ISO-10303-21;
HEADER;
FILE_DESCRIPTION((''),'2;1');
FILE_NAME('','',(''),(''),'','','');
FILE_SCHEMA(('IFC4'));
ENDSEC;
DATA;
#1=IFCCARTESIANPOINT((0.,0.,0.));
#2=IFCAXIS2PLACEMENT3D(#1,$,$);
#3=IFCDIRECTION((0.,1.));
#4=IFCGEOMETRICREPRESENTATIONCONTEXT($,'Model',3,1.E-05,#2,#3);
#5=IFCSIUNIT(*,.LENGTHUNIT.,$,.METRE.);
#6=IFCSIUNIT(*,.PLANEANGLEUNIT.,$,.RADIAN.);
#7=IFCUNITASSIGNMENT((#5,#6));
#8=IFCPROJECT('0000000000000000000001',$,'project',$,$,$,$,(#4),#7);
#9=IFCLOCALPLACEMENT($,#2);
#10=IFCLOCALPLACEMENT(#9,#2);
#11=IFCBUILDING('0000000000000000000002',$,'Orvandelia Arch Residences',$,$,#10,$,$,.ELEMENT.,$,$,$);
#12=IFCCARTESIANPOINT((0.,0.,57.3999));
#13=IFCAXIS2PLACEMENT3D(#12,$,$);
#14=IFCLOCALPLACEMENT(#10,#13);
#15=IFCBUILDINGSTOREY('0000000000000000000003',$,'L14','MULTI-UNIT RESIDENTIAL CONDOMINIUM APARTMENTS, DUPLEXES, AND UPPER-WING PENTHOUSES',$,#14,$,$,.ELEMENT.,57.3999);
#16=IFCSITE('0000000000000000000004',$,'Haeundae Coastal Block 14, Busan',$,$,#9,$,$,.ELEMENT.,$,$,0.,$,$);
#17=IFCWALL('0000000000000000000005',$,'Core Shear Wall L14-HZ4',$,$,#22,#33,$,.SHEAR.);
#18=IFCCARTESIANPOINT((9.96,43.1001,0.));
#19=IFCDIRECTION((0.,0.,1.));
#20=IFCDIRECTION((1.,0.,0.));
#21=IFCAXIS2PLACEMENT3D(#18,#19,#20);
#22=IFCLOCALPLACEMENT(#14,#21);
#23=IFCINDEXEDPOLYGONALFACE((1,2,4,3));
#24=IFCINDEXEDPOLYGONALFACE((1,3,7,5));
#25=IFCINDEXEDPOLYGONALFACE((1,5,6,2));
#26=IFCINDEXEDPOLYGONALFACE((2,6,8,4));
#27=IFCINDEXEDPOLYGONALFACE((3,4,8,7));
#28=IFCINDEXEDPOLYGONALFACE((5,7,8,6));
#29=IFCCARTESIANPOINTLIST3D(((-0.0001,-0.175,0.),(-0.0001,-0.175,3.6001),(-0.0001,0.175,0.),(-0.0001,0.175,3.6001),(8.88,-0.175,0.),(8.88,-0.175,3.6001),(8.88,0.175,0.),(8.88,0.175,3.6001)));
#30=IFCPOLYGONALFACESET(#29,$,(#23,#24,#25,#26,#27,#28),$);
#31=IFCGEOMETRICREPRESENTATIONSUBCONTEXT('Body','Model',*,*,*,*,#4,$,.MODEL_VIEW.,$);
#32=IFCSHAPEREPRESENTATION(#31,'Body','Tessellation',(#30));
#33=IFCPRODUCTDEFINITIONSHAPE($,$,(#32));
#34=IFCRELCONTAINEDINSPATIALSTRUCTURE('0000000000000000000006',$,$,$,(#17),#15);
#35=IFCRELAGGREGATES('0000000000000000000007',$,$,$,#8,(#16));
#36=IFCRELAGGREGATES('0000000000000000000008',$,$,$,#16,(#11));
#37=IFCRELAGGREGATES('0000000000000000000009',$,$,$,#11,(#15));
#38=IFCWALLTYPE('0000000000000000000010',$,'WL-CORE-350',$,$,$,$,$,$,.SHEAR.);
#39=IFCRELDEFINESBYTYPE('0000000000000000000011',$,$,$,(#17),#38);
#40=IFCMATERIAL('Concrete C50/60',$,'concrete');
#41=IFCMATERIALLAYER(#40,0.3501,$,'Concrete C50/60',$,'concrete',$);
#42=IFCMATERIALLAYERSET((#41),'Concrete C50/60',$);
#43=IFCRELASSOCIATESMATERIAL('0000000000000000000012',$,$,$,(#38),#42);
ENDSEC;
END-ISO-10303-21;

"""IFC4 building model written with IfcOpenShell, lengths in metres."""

from ifc_helpers import new_model, si_unit, direction, frame, frame_2d, origin, place, context, subcontext, project, spatial, rectangle, extrude, material, layer, layer_set, type_object, element, save


model = new_model("IFC4")

# Units and contexts
model_context = context("Model", 3, precision=1e-05, world=origin(), true_north=direction((0.0, 1.0)))
body_context = subcontext(model_context, "Body", "Model", "MODEL_VIEW")
ifc_project = project(units=[si_unit("LENGTHUNIT", "METRE"), si_unit("PLANEANGLEUNIT", "RADIAN")], contexts=[model_context])

# Site, building, storey
site_placement = place(None, origin())
site = spatial("IfcSite", under=ifc_project, at=site_placement, Name="Haeundae Coastal Block 14, Busan", CompositionType="ELEMENT", RefElevation=0.0)
building_placement = place(site_placement, origin())
building = spatial("IfcBuilding", under=site, at=building_placement, Name="Orvandelia Arch Residences", CompositionType="ELEMENT")
storey_placement = place(building_placement, frame((0.0, 0.0, 57.3999)))
storey = spatial("IfcBuildingStorey", under=building, at=storey_placement, Name="L14", Description="MULTI-UNIT RESIDENTIAL CONDOMINIUM APARTMENTS, DUPLEXES, AND UPPER-WING PENTHOUSES", CompositionType="ELEMENT", Elevation=57.3999)

# Wall
ifc_material_1 = material(Name="Concrete C50/60", Category="concrete")
ifc_layer_1 = layer(ifc_material_1, 0.3501, Name="Concrete C50/60", Category="concrete")
ifc_layer_set_1 = layer_set([ifc_layer_1], Name="Concrete C50/60")
wall_type_1 = type_object("IfcWallType", Name="WL-CORE-350", PredefinedType="SHEAR", material=ifc_layer_set_1)
wall_1_placement = place(storey_placement, frame((9.96, 43.1001, 0.0), z_axis=(0.0, 0.0, 1.0), x_axis=(1.0, 0.0, 0.0)))
element("IfcWall", 1, at=wall_1_placement, inside=storey, type_object=wall_type_1, Name="Core Shear Wall L14-HZ4", PredefinedType="SHEAR", context=body_context, shape_type="SweptSolid", body=[
    extrude(rectangle(XDim=8.8801, YDim=0.3501, at=frame_2d((4.4399, 0.0))), origin(), (0.0, 0.0, 1.0), 3.6001),
])

save(model, "model.ifc")
